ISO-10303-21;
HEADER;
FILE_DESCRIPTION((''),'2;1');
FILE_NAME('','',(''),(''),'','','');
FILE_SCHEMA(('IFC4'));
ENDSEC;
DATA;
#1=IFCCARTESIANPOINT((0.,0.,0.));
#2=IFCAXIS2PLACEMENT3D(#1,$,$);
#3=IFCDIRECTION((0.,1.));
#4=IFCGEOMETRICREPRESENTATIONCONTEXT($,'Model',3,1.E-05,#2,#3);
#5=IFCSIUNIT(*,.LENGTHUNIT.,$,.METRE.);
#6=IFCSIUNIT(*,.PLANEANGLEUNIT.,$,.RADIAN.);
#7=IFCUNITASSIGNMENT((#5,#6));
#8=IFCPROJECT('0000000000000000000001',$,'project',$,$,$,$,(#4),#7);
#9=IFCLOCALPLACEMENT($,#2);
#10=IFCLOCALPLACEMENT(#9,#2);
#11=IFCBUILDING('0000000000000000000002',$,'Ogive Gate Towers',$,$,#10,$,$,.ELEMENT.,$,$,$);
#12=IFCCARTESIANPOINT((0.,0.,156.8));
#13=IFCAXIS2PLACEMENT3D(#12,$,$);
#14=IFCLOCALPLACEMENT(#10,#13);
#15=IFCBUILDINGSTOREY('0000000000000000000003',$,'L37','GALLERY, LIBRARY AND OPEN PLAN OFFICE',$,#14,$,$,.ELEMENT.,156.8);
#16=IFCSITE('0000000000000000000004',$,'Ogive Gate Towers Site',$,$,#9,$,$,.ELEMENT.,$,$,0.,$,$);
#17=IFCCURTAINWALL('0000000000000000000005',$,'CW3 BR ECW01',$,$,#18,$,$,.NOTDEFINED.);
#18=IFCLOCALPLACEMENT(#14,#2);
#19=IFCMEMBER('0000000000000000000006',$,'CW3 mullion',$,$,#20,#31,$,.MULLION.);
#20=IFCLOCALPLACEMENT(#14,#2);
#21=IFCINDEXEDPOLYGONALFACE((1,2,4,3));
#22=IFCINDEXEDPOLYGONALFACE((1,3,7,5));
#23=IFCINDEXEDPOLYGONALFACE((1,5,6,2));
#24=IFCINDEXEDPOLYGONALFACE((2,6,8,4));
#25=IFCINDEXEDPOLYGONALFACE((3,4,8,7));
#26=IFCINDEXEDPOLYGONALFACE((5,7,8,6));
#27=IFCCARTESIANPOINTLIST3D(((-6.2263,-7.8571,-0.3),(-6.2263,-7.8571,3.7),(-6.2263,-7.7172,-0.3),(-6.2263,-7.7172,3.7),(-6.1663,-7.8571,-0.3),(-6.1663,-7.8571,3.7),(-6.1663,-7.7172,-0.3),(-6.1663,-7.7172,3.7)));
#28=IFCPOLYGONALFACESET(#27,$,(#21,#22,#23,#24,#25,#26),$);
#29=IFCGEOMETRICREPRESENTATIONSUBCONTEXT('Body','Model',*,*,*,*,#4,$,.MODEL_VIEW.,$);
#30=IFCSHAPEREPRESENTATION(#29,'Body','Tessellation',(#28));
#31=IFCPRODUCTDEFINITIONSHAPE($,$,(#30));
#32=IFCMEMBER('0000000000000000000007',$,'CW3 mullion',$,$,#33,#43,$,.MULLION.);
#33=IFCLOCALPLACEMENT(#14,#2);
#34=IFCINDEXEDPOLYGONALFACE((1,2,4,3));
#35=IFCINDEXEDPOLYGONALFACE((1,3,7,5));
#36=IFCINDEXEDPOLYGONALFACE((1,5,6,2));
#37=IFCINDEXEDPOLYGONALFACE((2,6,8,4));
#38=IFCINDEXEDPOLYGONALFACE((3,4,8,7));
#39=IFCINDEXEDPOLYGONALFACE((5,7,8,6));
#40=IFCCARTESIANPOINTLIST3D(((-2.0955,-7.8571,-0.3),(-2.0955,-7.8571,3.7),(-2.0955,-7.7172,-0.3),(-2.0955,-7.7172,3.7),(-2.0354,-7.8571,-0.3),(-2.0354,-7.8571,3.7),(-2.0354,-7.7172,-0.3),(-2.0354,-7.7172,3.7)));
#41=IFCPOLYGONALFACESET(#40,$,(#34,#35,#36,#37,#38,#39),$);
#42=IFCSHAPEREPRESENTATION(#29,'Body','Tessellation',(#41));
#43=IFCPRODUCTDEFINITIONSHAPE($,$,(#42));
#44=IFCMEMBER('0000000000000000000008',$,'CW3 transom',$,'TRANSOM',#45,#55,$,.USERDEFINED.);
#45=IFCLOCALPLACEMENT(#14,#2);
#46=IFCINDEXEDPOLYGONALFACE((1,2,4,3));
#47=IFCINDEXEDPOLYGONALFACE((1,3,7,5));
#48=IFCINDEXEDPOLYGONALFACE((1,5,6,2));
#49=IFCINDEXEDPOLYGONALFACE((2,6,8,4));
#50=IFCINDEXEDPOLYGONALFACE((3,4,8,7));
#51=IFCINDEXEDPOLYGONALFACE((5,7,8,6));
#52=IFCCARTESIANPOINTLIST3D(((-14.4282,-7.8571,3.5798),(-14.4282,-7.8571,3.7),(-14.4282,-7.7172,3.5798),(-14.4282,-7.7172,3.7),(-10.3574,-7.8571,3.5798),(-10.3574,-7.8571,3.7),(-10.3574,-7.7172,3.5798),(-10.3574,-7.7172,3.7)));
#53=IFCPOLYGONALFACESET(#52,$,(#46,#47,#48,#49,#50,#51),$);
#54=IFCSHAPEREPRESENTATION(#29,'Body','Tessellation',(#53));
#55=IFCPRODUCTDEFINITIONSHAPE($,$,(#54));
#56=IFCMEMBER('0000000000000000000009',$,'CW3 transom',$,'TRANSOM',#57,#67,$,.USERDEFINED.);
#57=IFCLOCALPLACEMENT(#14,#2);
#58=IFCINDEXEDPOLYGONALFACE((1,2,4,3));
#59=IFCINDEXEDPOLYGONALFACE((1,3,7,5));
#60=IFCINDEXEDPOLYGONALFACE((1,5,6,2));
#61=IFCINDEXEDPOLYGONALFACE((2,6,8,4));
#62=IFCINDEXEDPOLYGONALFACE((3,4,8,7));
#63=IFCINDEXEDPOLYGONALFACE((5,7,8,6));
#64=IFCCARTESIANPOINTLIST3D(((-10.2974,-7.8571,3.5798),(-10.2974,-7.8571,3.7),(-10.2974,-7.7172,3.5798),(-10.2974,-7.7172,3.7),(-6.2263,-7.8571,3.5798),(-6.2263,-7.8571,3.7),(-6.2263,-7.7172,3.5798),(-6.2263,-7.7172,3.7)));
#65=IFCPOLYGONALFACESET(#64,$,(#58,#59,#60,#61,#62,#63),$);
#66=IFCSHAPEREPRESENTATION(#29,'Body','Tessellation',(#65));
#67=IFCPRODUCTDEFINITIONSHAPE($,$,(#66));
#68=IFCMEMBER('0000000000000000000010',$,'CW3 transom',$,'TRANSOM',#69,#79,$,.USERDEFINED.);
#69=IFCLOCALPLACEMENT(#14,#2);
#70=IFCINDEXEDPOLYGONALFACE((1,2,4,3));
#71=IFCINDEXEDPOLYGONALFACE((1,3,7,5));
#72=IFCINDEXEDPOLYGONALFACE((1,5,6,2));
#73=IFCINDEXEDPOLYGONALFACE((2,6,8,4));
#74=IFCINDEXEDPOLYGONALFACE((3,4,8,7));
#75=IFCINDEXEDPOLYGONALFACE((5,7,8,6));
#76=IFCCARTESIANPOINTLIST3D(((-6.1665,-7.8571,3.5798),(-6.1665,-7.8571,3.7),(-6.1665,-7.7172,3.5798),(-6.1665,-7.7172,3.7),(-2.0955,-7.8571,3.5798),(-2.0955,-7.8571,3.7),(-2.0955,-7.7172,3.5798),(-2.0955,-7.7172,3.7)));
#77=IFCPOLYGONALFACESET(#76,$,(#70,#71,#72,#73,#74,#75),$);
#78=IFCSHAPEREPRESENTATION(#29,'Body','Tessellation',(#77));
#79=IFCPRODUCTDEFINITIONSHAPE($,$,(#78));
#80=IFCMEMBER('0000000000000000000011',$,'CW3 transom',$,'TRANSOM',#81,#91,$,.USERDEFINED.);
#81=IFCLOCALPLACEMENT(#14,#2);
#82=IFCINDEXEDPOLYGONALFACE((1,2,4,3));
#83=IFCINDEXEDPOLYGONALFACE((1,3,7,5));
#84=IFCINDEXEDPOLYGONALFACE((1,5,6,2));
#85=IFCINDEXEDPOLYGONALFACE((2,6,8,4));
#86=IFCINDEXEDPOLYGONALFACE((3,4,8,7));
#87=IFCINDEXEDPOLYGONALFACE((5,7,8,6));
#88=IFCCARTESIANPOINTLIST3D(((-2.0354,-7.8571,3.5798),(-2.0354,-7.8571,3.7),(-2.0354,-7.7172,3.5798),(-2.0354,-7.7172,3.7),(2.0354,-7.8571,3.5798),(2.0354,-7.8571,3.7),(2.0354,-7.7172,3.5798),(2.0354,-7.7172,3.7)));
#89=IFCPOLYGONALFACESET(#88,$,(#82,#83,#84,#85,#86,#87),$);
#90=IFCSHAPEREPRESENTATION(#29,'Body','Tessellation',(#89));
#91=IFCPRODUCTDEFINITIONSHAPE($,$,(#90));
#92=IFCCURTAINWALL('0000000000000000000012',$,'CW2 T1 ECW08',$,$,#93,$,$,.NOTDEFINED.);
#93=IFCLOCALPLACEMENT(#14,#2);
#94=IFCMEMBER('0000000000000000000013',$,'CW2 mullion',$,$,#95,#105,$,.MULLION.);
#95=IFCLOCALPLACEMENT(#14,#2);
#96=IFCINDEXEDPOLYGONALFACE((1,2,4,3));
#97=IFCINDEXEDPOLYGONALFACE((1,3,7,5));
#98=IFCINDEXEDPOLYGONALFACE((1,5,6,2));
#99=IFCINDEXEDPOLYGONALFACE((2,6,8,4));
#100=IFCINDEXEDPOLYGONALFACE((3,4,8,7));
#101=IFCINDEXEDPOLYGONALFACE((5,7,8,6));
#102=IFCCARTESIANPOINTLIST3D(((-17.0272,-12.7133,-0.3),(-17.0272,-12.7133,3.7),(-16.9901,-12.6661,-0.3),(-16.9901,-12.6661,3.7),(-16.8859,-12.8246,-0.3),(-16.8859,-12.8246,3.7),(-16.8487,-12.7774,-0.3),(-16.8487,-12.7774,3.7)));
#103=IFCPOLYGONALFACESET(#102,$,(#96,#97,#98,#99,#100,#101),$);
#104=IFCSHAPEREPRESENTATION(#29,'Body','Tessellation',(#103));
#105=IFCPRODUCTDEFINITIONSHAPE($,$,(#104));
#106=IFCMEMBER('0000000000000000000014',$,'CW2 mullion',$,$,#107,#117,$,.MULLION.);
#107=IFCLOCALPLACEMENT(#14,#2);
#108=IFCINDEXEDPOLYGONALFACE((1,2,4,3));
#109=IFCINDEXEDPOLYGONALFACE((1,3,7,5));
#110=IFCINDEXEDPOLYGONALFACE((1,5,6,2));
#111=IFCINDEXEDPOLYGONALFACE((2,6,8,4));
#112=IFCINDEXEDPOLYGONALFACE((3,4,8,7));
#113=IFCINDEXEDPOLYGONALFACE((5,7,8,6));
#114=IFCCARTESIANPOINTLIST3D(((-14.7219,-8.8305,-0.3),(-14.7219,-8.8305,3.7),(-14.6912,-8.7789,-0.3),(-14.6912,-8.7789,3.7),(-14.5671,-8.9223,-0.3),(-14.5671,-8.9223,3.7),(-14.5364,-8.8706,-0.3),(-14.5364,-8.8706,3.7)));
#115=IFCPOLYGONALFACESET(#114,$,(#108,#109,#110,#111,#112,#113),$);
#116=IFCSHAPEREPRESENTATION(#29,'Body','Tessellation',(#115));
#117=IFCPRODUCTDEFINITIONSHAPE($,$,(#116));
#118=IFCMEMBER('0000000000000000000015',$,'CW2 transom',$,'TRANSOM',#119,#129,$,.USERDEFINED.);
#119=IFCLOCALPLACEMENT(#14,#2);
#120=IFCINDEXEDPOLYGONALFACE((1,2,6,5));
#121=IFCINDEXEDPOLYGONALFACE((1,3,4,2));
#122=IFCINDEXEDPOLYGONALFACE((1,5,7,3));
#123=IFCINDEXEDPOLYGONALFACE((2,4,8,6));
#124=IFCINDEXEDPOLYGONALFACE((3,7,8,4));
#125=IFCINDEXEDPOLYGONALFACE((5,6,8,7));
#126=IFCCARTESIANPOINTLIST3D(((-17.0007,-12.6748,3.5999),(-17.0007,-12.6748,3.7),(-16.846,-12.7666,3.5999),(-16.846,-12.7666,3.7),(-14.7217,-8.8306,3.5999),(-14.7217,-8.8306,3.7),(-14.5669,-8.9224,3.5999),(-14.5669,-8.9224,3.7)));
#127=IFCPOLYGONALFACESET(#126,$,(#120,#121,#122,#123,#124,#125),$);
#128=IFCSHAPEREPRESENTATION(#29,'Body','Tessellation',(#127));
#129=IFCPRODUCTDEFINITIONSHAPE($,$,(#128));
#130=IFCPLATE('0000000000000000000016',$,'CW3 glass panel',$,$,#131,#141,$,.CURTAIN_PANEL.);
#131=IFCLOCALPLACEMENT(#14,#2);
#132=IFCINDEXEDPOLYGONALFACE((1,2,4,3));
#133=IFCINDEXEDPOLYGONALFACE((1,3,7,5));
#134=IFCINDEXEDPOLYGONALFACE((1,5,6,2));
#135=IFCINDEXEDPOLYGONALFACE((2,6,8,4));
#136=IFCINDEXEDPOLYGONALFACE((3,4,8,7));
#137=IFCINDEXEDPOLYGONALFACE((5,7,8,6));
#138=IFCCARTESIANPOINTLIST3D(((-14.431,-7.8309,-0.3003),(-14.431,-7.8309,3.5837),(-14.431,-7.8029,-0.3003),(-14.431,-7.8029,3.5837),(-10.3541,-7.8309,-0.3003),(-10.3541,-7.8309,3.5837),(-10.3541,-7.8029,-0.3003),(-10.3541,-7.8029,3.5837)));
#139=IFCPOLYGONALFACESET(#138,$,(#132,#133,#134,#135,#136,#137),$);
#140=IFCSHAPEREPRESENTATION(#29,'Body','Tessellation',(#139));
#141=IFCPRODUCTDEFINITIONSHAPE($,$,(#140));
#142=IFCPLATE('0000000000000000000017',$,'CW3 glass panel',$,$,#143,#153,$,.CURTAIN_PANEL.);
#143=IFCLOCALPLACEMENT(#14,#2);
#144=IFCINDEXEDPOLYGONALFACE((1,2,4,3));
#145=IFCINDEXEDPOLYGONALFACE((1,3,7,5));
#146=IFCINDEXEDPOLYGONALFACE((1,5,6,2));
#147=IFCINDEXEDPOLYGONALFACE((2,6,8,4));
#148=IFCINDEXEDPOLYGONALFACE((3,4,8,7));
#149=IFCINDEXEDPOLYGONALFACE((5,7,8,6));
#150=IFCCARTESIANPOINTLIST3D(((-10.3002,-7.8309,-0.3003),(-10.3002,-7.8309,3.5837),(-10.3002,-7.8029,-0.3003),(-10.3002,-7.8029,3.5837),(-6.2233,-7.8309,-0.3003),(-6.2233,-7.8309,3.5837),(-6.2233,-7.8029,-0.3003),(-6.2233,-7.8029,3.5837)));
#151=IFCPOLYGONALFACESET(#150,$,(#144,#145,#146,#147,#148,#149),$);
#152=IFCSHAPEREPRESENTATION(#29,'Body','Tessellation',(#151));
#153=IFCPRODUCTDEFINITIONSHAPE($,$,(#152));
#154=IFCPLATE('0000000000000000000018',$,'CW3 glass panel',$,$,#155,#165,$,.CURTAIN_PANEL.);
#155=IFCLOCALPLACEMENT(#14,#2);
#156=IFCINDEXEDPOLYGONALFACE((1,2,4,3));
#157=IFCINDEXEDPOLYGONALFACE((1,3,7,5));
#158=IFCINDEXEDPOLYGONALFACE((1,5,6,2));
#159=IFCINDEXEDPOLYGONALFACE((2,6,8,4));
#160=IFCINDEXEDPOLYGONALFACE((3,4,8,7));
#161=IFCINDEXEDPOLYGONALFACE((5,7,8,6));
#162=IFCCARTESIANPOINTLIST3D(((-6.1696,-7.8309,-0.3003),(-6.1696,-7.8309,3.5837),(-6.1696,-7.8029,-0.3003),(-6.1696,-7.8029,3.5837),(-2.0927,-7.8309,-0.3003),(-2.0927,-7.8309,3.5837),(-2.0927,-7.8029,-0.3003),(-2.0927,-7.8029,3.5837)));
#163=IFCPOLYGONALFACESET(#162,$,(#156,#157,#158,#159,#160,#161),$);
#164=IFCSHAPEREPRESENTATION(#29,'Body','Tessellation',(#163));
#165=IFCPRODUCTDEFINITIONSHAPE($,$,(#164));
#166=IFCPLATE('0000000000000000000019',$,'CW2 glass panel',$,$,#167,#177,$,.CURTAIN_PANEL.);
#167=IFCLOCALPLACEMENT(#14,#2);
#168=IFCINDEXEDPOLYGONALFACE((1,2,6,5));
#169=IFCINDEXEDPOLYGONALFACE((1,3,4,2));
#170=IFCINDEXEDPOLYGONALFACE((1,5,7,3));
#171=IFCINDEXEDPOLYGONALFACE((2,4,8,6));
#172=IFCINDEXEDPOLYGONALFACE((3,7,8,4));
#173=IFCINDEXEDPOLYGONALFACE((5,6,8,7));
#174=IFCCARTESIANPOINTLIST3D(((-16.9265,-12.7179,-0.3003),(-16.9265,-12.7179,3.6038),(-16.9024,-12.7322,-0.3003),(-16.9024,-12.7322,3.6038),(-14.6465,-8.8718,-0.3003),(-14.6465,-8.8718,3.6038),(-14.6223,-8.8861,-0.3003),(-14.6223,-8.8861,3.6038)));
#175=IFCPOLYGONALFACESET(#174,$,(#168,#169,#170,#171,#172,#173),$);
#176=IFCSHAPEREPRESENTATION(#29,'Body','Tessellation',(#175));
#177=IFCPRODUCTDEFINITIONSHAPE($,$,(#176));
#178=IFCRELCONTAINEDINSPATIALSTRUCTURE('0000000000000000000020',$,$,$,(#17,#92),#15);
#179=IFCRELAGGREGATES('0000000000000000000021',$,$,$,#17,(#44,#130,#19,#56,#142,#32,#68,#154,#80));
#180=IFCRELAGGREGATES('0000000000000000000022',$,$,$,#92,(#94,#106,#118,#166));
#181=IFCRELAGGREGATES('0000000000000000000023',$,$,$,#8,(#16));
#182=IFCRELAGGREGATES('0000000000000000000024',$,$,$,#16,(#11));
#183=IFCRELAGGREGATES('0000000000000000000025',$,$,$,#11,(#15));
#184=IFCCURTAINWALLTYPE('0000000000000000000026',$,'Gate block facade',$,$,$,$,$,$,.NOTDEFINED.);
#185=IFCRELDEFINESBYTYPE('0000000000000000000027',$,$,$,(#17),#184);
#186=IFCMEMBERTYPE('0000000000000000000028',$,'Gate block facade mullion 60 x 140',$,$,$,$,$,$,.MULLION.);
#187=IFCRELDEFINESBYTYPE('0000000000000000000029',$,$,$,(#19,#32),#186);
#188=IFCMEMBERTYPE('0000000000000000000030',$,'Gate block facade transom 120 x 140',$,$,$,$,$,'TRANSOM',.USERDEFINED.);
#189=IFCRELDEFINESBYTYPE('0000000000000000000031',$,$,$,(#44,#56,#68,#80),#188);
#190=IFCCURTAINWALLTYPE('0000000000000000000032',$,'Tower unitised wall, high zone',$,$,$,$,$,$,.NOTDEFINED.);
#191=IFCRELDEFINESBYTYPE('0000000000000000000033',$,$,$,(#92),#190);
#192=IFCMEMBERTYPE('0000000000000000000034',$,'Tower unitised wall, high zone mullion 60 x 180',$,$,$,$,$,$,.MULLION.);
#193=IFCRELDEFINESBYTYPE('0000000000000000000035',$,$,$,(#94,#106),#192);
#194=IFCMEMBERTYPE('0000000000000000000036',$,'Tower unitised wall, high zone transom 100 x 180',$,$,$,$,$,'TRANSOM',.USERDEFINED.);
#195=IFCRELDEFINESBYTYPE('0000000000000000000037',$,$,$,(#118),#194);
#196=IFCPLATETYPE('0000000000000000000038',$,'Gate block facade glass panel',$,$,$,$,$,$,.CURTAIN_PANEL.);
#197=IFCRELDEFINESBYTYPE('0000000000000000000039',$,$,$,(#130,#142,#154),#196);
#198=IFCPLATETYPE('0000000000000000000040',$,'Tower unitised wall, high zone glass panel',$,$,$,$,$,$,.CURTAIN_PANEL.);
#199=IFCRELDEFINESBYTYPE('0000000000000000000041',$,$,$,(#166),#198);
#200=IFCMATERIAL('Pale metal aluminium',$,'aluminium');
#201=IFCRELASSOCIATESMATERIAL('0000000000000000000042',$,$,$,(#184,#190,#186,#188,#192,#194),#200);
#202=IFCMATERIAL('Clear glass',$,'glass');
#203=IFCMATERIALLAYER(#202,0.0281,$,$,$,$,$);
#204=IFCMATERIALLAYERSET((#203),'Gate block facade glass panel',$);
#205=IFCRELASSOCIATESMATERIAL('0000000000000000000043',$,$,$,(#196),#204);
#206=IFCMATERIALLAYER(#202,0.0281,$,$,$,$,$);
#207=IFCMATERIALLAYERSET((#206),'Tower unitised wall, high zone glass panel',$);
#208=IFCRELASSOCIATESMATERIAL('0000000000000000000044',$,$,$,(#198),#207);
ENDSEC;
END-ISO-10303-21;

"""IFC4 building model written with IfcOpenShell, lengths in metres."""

from ifc_helpers import new_model, si_unit, direction, frame, origin, origin_2d, place, context, subcontext, project, spatial, rectangle, extrude, material, layer, layer_set, material_profile, profile_set, type_object, element, aggregate, save


model = new_model("IFC4")

# Units and contexts
model_context = context("Model", 3, precision=1e-05, world=origin(), true_north=direction((0.0, 1.0)))
body_context = subcontext(model_context, "Body", "Model", "MODEL_VIEW")
ifc_project = project(units=[si_unit("LENGTHUNIT", "METRE"), si_unit("PLANEANGLEUNIT", "RADIAN")], contexts=[model_context])

# Site, building, storey
site_placement = place(None, origin())
site = spatial("IfcSite", under=ifc_project, at=site_placement, Name="Ogive Gate Towers Site", CompositionType="ELEMENT", RefElevation=0.0)
building_placement = place(site_placement, origin())
building = spatial("IfcBuilding", under=site, at=building_placement, Name="Ogive Gate Towers", CompositionType="ELEMENT")
storey_placement = place(building_placement, frame((0.0, 0.0, 156.8)))
storey = spatial("IfcBuildingStorey", under=building, at=storey_placement, Name="L37", Description="GALLERY, LIBRARY AND OPEN PLAN OFFICE", CompositionType="ELEMENT", Elevation=156.8)

# Curtain walls, members
ifc_material_1 = material(Name="Pale metal aluminium", Category="aluminium")
curtain_wall_type_1 = type_object("IfcCurtainWallType", Name="Gate block facade", PredefinedType="NOTDEFINED", material=ifc_material_1)
curtain_wall_1_placement = place(storey_placement, origin())
curtain_wall_1 = element("IfcCurtainWall", 1, at=curtain_wall_1_placement, inside=storey, type_object=curtain_wall_type_1, Name="CW3 BR ECW01", PredefinedType="NOTDEFINED")
ifc_material_profile_1 = material_profile(ifc_material_1, rectangle(XDim=0.1399, YDim=0.0601, at=origin_2d()), Name="60 x 140 aluminium box")
ifc_profile_set_1 = profile_set([ifc_material_profile_1], Name="Pale metal aluminium")
member_type_1 = type_object("IfcMemberType", Name="Gate block facade mullion 60 x 140", PredefinedType="MULLION", material=ifc_profile_set_1)
member_1_placement = place(storey_placement, frame((-6.1963, -7.7871, -0.3), z_axis=(0.0, 0.0, 1.0), x_axis=(0.0, -1.0, 0.0)))
member_1 = element("IfcMember", 2, at=member_1_placement, type_object=member_type_1, Name="CW3 mullion", PredefinedType="MULLION", context=body_context, shape_type="SweptSolid", body=[
    extrude(rectangle(XDim=0.1399, YDim=0.0601, at=origin_2d()), origin(), (0.0, 0.0, 1.0), 4.0),
])
member_2_placement = place(storey_placement, frame((-2.0654, -7.7871, -0.3), z_axis=(0.0, 0.0, 1.0), x_axis=(0.0, -1.0, 0.0)))
member_2 = element("IfcMember", 3, at=member_2_placement, type_object=member_type_1, Name="CW3 mullion", PredefinedType="MULLION", context=body_context, shape_type="SweptSolid", body=[
    extrude(rectangle(XDim=0.1399, YDim=0.0601, at=origin_2d()), origin(), (0.0, 0.0, 1.0), 4.0),
])
ifc_material_profile_2 = material_profile(ifc_material_1, rectangle(XDim=0.1399, YDim=0.1201, at=origin_2d()), Name="120 x 140 aluminium box")
ifc_profile_set_2 = profile_set([ifc_material_profile_2], Name="Pale metal aluminium")
member_type_2 = type_object("IfcMemberType", Name="Gate block facade transom 120 x 140", ElementType="TRANSOM", PredefinedType="USERDEFINED", material=ifc_profile_set_2)
member_3_placement = place(storey_placement, frame((-14.4282, -7.7871, 3.6399), z_axis=(1.0, 0.0, 0.0), x_axis=(0.0, 1.0, 0.0)))
member_3 = element("IfcMember", 4, at=member_3_placement, type_object=member_type_2, Name="CW3 transom", ObjectType="TRANSOM", PredefinedType="USERDEFINED", context=body_context, shape_type="SweptSolid", body=[
    extrude(rectangle(XDim=0.1399, YDim=0.1201, at=origin_2d()), origin(), (0.0, 0.0, 1.0), 4.0708),
])
member_4_placement = place(storey_placement, frame((-10.2974, -7.7871, 3.6399), z_axis=(1.0, 0.0, 0.0), x_axis=(0.0, 1.0, 0.0)))
member_4 = element("IfcMember", 5, at=member_4_placement, type_object=member_type_2, Name="CW3 transom", ObjectType="TRANSOM", PredefinedType="USERDEFINED", context=body_context, shape_type="SweptSolid", body=[
    extrude(rectangle(XDim=0.1399, YDim=0.1201, at=origin_2d()), origin(), (0.0, 0.0, 1.0), 4.071),
])
member_5_placement = place(storey_placement, frame((-6.1665, -7.7871, 3.6399), z_axis=(1.0, 0.0, 0.0), x_axis=(0.0, 1.0, 0.0)))
member_5 = element("IfcMember", 6, at=member_5_placement, type_object=member_type_2, Name="CW3 transom", ObjectType="TRANSOM", PredefinedType="USERDEFINED", context=body_context, shape_type="SweptSolid", body=[
    extrude(rectangle(XDim=0.1399, YDim=0.1201, at=origin_2d()), origin(), (0.0, 0.0, 1.0), 4.071),
])
member_6_placement = place(storey_placement, frame((-2.0354, -7.7871, 3.6399), z_axis=(1.0, 0.0, 0.0), x_axis=(0.0, 1.0, 0.0)))
member_6 = element("IfcMember", 7, at=member_6_placement, type_object=member_type_2, Name="CW3 transom", ObjectType="TRANSOM", PredefinedType="USERDEFINED", context=body_context, shape_type="SweptSolid", body=[
    extrude(rectangle(XDim=0.1399, YDim=0.1201, at=origin_2d()), origin(), (0.0, 0.0, 1.0), 4.0708),
])
curtain_wall_type_2 = type_object("IfcCurtainWallType", Name="Tower unitised wall, high zone", PredefinedType="NOTDEFINED", material=ifc_material_1)
curtain_wall_2_placement = place(storey_placement, origin())
curtain_wall_2 = element("IfcCurtainWall", 8, at=curtain_wall_2_placement, inside=storey, type_object=curtain_wall_type_2, Name="CW2 T1 ECW08", PredefinedType="NOTDEFINED")
ifc_material_profile_3 = material_profile(ifc_material_1, rectangle(XDim=0.1799, YDim=0.0601, at=origin_2d()), Name="60 x 180 aluminium box")
ifc_profile_set_3 = profile_set([ifc_material_profile_3], Name="Pale metal aluminium")
member_type_3 = type_object("IfcMemberType", Name="Tower unitised wall, high zone mullion 60 x 180", PredefinedType="MULLION", material=ifc_profile_set_3)
member_7_placement = place(storey_placement, frame((-16.938, -12.7454, -0.3), z_axis=(0.0, 0.0, 1.0), x_axis=(0.785619, -0.61871, 0.0)))
member_7 = element("IfcMember", 9, at=member_7_placement, type_object=member_type_3, Name="CW2 mullion", PredefinedType="MULLION", context=body_context, shape_type="SweptSolid", body=[
    extrude(rectangle(XDim=0.1799, YDim=0.0601, at=origin_2d()), origin(), (0.0, 0.0, 1.0), 4.0),
])
member_8_placement = place(storey_placement, frame((-14.6292, -8.8506, -0.3), z_axis=(0.0, 0.0, 1.0), x_axis=(0.860208, -0.509943, 0.0)))
member_8 = element("IfcMember", 10, at=member_8_placement, type_object=member_type_3, Name="CW2 mullion", PredefinedType="MULLION", context=body_context, shape_type="SweptSolid", body=[
    extrude(rectangle(XDim=0.1799, YDim=0.0601, at=origin_2d()), origin(), (0.0, 0.0, 1.0), 4.0),
])
ifc_material_profile_4 = material_profile(ifc_material_1, rectangle(XDim=0.1799, YDim=0.1001, at=origin_2d()), Name="100 x 180 aluminium box")
ifc_profile_set_4 = profile_set([ifc_material_profile_4], Name="Pale metal aluminium")
member_type_4 = type_object("IfcMemberType", Name="Tower unitised wall, high zone transom 100 x 180", ElementType="TRANSOM", PredefinedType="USERDEFINED", material=ifc_profile_set_4)
member_9_placement = place(storey_placement, frame((-16.9233, -12.7207, 3.6499), z_axis=(0.509966, 0.860195, 0.0), x_axis=(-0.860195, 0.509966, 0.0)))
member_9 = element("IfcMember", 11, at=member_9_placement, type_object=member_type_4, Name="CW2 transom", ObjectType="TRANSOM", PredefinedType="USERDEFINED", context=body_context, shape_type="SweptSolid", body=[
    extrude(rectangle(XDim=0.1799, YDim=0.1001, at=origin_2d()), origin(), (0.0, 0.0, 1.0), 4.469),
])

# Plates
ifc_material_2 = material(Name="Clear glass", Category="glass")
ifc_layer_1 = layer(ifc_material_2, 0.0281)
ifc_layer_set_1 = layer_set([ifc_layer_1], Name="Gate block facade glass panel")
plate_type_1 = type_object("IfcPlateType", Name="Gate block facade glass panel", PredefinedType="CURTAIN_PANEL", material=ifc_layer_set_1)
plate_1_placement = place(storey_placement, frame((-12.3926, -7.8169, -0.3003), z_axis=(0.0, 0.0, 1.0), x_axis=(1.0, 0.0, 0.0)))
plate_1 = element("IfcPlate", 12, at=plate_1_placement, type_object=plate_type_1, Name="CW3 glass panel", PredefinedType="CURTAIN_PANEL", context=body_context, shape_type="SweptSolid", body=[
    extrude(rectangle(XDim=4.0769, YDim=0.0281, at=origin_2d()), origin(), (0.0, 0.0, 1.0), 3.884),
])
plate_2_placement = place(storey_placement, frame((-8.2617, -7.8169, -0.3003), z_axis=(0.0, 0.0, 1.0), x_axis=(1.0, 0.0, 0.0)))
plate_2 = element("IfcPlate", 13, at=plate_2_placement, type_object=plate_type_1, Name="CW3 glass panel", PredefinedType="CURTAIN_PANEL", context=body_context, shape_type="SweptSolid", body=[
    extrude(rectangle(XDim=4.0769, YDim=0.0281, at=origin_2d()), origin(), (0.0, 0.0, 1.0), 3.884),
])
plate_3_placement = place(storey_placement, frame((-4.1311, -7.8169, -0.3003), z_axis=(0.0, 0.0, 1.0), x_axis=(1.0, 0.0, 0.0)))
plate_3 = element("IfcPlate", 14, at=plate_3_placement, type_object=plate_type_1, Name="CW3 glass panel", PredefinedType="CURTAIN_PANEL", context=body_context, shape_type="SweptSolid", body=[
    extrude(rectangle(XDim=4.0769, YDim=0.0281, at=origin_2d()), origin(), (0.0, 0.0, 1.0), 3.884),
])
aggregate(curtain_wall_1, [member_3, plate_1, member_1, member_4, plate_2, member_2, member_5, plate_3, member_6])
ifc_layer_2 = layer(ifc_material_2, 0.0281)
ifc_layer_set_2 = layer_set([ifc_layer_2], Name="Tower unitised wall, high zone glass panel")
plate_type_2 = type_object("IfcPlateType", Name="Tower unitised wall, high zone glass panel", PredefinedType="CURTAIN_PANEL", material=ifc_layer_set_2)
plate_4_placement = place(storey_placement, frame((-15.7744, -10.802, -0.3003), z_axis=(0.0, 0.0, 1.0), x_axis=(0.509943, 0.860208, 0.0)))
plate_4 = element("IfcPlate", 15, at=plate_4_placement, type_object=plate_type_2, Name="CW2 glass panel", PredefinedType="CURTAIN_PANEL", context=body_context, shape_type="SweptSolid", body=[
    extrude(rectangle(XDim=4.4712, YDim=0.0281, at=origin_2d()), origin(), (0.0, 0.0, 1.0), 3.9041),
])
aggregate(curtain_wall_2, [member_7, member_8, member_9, plate_4])

save(model, "model.ifc")
